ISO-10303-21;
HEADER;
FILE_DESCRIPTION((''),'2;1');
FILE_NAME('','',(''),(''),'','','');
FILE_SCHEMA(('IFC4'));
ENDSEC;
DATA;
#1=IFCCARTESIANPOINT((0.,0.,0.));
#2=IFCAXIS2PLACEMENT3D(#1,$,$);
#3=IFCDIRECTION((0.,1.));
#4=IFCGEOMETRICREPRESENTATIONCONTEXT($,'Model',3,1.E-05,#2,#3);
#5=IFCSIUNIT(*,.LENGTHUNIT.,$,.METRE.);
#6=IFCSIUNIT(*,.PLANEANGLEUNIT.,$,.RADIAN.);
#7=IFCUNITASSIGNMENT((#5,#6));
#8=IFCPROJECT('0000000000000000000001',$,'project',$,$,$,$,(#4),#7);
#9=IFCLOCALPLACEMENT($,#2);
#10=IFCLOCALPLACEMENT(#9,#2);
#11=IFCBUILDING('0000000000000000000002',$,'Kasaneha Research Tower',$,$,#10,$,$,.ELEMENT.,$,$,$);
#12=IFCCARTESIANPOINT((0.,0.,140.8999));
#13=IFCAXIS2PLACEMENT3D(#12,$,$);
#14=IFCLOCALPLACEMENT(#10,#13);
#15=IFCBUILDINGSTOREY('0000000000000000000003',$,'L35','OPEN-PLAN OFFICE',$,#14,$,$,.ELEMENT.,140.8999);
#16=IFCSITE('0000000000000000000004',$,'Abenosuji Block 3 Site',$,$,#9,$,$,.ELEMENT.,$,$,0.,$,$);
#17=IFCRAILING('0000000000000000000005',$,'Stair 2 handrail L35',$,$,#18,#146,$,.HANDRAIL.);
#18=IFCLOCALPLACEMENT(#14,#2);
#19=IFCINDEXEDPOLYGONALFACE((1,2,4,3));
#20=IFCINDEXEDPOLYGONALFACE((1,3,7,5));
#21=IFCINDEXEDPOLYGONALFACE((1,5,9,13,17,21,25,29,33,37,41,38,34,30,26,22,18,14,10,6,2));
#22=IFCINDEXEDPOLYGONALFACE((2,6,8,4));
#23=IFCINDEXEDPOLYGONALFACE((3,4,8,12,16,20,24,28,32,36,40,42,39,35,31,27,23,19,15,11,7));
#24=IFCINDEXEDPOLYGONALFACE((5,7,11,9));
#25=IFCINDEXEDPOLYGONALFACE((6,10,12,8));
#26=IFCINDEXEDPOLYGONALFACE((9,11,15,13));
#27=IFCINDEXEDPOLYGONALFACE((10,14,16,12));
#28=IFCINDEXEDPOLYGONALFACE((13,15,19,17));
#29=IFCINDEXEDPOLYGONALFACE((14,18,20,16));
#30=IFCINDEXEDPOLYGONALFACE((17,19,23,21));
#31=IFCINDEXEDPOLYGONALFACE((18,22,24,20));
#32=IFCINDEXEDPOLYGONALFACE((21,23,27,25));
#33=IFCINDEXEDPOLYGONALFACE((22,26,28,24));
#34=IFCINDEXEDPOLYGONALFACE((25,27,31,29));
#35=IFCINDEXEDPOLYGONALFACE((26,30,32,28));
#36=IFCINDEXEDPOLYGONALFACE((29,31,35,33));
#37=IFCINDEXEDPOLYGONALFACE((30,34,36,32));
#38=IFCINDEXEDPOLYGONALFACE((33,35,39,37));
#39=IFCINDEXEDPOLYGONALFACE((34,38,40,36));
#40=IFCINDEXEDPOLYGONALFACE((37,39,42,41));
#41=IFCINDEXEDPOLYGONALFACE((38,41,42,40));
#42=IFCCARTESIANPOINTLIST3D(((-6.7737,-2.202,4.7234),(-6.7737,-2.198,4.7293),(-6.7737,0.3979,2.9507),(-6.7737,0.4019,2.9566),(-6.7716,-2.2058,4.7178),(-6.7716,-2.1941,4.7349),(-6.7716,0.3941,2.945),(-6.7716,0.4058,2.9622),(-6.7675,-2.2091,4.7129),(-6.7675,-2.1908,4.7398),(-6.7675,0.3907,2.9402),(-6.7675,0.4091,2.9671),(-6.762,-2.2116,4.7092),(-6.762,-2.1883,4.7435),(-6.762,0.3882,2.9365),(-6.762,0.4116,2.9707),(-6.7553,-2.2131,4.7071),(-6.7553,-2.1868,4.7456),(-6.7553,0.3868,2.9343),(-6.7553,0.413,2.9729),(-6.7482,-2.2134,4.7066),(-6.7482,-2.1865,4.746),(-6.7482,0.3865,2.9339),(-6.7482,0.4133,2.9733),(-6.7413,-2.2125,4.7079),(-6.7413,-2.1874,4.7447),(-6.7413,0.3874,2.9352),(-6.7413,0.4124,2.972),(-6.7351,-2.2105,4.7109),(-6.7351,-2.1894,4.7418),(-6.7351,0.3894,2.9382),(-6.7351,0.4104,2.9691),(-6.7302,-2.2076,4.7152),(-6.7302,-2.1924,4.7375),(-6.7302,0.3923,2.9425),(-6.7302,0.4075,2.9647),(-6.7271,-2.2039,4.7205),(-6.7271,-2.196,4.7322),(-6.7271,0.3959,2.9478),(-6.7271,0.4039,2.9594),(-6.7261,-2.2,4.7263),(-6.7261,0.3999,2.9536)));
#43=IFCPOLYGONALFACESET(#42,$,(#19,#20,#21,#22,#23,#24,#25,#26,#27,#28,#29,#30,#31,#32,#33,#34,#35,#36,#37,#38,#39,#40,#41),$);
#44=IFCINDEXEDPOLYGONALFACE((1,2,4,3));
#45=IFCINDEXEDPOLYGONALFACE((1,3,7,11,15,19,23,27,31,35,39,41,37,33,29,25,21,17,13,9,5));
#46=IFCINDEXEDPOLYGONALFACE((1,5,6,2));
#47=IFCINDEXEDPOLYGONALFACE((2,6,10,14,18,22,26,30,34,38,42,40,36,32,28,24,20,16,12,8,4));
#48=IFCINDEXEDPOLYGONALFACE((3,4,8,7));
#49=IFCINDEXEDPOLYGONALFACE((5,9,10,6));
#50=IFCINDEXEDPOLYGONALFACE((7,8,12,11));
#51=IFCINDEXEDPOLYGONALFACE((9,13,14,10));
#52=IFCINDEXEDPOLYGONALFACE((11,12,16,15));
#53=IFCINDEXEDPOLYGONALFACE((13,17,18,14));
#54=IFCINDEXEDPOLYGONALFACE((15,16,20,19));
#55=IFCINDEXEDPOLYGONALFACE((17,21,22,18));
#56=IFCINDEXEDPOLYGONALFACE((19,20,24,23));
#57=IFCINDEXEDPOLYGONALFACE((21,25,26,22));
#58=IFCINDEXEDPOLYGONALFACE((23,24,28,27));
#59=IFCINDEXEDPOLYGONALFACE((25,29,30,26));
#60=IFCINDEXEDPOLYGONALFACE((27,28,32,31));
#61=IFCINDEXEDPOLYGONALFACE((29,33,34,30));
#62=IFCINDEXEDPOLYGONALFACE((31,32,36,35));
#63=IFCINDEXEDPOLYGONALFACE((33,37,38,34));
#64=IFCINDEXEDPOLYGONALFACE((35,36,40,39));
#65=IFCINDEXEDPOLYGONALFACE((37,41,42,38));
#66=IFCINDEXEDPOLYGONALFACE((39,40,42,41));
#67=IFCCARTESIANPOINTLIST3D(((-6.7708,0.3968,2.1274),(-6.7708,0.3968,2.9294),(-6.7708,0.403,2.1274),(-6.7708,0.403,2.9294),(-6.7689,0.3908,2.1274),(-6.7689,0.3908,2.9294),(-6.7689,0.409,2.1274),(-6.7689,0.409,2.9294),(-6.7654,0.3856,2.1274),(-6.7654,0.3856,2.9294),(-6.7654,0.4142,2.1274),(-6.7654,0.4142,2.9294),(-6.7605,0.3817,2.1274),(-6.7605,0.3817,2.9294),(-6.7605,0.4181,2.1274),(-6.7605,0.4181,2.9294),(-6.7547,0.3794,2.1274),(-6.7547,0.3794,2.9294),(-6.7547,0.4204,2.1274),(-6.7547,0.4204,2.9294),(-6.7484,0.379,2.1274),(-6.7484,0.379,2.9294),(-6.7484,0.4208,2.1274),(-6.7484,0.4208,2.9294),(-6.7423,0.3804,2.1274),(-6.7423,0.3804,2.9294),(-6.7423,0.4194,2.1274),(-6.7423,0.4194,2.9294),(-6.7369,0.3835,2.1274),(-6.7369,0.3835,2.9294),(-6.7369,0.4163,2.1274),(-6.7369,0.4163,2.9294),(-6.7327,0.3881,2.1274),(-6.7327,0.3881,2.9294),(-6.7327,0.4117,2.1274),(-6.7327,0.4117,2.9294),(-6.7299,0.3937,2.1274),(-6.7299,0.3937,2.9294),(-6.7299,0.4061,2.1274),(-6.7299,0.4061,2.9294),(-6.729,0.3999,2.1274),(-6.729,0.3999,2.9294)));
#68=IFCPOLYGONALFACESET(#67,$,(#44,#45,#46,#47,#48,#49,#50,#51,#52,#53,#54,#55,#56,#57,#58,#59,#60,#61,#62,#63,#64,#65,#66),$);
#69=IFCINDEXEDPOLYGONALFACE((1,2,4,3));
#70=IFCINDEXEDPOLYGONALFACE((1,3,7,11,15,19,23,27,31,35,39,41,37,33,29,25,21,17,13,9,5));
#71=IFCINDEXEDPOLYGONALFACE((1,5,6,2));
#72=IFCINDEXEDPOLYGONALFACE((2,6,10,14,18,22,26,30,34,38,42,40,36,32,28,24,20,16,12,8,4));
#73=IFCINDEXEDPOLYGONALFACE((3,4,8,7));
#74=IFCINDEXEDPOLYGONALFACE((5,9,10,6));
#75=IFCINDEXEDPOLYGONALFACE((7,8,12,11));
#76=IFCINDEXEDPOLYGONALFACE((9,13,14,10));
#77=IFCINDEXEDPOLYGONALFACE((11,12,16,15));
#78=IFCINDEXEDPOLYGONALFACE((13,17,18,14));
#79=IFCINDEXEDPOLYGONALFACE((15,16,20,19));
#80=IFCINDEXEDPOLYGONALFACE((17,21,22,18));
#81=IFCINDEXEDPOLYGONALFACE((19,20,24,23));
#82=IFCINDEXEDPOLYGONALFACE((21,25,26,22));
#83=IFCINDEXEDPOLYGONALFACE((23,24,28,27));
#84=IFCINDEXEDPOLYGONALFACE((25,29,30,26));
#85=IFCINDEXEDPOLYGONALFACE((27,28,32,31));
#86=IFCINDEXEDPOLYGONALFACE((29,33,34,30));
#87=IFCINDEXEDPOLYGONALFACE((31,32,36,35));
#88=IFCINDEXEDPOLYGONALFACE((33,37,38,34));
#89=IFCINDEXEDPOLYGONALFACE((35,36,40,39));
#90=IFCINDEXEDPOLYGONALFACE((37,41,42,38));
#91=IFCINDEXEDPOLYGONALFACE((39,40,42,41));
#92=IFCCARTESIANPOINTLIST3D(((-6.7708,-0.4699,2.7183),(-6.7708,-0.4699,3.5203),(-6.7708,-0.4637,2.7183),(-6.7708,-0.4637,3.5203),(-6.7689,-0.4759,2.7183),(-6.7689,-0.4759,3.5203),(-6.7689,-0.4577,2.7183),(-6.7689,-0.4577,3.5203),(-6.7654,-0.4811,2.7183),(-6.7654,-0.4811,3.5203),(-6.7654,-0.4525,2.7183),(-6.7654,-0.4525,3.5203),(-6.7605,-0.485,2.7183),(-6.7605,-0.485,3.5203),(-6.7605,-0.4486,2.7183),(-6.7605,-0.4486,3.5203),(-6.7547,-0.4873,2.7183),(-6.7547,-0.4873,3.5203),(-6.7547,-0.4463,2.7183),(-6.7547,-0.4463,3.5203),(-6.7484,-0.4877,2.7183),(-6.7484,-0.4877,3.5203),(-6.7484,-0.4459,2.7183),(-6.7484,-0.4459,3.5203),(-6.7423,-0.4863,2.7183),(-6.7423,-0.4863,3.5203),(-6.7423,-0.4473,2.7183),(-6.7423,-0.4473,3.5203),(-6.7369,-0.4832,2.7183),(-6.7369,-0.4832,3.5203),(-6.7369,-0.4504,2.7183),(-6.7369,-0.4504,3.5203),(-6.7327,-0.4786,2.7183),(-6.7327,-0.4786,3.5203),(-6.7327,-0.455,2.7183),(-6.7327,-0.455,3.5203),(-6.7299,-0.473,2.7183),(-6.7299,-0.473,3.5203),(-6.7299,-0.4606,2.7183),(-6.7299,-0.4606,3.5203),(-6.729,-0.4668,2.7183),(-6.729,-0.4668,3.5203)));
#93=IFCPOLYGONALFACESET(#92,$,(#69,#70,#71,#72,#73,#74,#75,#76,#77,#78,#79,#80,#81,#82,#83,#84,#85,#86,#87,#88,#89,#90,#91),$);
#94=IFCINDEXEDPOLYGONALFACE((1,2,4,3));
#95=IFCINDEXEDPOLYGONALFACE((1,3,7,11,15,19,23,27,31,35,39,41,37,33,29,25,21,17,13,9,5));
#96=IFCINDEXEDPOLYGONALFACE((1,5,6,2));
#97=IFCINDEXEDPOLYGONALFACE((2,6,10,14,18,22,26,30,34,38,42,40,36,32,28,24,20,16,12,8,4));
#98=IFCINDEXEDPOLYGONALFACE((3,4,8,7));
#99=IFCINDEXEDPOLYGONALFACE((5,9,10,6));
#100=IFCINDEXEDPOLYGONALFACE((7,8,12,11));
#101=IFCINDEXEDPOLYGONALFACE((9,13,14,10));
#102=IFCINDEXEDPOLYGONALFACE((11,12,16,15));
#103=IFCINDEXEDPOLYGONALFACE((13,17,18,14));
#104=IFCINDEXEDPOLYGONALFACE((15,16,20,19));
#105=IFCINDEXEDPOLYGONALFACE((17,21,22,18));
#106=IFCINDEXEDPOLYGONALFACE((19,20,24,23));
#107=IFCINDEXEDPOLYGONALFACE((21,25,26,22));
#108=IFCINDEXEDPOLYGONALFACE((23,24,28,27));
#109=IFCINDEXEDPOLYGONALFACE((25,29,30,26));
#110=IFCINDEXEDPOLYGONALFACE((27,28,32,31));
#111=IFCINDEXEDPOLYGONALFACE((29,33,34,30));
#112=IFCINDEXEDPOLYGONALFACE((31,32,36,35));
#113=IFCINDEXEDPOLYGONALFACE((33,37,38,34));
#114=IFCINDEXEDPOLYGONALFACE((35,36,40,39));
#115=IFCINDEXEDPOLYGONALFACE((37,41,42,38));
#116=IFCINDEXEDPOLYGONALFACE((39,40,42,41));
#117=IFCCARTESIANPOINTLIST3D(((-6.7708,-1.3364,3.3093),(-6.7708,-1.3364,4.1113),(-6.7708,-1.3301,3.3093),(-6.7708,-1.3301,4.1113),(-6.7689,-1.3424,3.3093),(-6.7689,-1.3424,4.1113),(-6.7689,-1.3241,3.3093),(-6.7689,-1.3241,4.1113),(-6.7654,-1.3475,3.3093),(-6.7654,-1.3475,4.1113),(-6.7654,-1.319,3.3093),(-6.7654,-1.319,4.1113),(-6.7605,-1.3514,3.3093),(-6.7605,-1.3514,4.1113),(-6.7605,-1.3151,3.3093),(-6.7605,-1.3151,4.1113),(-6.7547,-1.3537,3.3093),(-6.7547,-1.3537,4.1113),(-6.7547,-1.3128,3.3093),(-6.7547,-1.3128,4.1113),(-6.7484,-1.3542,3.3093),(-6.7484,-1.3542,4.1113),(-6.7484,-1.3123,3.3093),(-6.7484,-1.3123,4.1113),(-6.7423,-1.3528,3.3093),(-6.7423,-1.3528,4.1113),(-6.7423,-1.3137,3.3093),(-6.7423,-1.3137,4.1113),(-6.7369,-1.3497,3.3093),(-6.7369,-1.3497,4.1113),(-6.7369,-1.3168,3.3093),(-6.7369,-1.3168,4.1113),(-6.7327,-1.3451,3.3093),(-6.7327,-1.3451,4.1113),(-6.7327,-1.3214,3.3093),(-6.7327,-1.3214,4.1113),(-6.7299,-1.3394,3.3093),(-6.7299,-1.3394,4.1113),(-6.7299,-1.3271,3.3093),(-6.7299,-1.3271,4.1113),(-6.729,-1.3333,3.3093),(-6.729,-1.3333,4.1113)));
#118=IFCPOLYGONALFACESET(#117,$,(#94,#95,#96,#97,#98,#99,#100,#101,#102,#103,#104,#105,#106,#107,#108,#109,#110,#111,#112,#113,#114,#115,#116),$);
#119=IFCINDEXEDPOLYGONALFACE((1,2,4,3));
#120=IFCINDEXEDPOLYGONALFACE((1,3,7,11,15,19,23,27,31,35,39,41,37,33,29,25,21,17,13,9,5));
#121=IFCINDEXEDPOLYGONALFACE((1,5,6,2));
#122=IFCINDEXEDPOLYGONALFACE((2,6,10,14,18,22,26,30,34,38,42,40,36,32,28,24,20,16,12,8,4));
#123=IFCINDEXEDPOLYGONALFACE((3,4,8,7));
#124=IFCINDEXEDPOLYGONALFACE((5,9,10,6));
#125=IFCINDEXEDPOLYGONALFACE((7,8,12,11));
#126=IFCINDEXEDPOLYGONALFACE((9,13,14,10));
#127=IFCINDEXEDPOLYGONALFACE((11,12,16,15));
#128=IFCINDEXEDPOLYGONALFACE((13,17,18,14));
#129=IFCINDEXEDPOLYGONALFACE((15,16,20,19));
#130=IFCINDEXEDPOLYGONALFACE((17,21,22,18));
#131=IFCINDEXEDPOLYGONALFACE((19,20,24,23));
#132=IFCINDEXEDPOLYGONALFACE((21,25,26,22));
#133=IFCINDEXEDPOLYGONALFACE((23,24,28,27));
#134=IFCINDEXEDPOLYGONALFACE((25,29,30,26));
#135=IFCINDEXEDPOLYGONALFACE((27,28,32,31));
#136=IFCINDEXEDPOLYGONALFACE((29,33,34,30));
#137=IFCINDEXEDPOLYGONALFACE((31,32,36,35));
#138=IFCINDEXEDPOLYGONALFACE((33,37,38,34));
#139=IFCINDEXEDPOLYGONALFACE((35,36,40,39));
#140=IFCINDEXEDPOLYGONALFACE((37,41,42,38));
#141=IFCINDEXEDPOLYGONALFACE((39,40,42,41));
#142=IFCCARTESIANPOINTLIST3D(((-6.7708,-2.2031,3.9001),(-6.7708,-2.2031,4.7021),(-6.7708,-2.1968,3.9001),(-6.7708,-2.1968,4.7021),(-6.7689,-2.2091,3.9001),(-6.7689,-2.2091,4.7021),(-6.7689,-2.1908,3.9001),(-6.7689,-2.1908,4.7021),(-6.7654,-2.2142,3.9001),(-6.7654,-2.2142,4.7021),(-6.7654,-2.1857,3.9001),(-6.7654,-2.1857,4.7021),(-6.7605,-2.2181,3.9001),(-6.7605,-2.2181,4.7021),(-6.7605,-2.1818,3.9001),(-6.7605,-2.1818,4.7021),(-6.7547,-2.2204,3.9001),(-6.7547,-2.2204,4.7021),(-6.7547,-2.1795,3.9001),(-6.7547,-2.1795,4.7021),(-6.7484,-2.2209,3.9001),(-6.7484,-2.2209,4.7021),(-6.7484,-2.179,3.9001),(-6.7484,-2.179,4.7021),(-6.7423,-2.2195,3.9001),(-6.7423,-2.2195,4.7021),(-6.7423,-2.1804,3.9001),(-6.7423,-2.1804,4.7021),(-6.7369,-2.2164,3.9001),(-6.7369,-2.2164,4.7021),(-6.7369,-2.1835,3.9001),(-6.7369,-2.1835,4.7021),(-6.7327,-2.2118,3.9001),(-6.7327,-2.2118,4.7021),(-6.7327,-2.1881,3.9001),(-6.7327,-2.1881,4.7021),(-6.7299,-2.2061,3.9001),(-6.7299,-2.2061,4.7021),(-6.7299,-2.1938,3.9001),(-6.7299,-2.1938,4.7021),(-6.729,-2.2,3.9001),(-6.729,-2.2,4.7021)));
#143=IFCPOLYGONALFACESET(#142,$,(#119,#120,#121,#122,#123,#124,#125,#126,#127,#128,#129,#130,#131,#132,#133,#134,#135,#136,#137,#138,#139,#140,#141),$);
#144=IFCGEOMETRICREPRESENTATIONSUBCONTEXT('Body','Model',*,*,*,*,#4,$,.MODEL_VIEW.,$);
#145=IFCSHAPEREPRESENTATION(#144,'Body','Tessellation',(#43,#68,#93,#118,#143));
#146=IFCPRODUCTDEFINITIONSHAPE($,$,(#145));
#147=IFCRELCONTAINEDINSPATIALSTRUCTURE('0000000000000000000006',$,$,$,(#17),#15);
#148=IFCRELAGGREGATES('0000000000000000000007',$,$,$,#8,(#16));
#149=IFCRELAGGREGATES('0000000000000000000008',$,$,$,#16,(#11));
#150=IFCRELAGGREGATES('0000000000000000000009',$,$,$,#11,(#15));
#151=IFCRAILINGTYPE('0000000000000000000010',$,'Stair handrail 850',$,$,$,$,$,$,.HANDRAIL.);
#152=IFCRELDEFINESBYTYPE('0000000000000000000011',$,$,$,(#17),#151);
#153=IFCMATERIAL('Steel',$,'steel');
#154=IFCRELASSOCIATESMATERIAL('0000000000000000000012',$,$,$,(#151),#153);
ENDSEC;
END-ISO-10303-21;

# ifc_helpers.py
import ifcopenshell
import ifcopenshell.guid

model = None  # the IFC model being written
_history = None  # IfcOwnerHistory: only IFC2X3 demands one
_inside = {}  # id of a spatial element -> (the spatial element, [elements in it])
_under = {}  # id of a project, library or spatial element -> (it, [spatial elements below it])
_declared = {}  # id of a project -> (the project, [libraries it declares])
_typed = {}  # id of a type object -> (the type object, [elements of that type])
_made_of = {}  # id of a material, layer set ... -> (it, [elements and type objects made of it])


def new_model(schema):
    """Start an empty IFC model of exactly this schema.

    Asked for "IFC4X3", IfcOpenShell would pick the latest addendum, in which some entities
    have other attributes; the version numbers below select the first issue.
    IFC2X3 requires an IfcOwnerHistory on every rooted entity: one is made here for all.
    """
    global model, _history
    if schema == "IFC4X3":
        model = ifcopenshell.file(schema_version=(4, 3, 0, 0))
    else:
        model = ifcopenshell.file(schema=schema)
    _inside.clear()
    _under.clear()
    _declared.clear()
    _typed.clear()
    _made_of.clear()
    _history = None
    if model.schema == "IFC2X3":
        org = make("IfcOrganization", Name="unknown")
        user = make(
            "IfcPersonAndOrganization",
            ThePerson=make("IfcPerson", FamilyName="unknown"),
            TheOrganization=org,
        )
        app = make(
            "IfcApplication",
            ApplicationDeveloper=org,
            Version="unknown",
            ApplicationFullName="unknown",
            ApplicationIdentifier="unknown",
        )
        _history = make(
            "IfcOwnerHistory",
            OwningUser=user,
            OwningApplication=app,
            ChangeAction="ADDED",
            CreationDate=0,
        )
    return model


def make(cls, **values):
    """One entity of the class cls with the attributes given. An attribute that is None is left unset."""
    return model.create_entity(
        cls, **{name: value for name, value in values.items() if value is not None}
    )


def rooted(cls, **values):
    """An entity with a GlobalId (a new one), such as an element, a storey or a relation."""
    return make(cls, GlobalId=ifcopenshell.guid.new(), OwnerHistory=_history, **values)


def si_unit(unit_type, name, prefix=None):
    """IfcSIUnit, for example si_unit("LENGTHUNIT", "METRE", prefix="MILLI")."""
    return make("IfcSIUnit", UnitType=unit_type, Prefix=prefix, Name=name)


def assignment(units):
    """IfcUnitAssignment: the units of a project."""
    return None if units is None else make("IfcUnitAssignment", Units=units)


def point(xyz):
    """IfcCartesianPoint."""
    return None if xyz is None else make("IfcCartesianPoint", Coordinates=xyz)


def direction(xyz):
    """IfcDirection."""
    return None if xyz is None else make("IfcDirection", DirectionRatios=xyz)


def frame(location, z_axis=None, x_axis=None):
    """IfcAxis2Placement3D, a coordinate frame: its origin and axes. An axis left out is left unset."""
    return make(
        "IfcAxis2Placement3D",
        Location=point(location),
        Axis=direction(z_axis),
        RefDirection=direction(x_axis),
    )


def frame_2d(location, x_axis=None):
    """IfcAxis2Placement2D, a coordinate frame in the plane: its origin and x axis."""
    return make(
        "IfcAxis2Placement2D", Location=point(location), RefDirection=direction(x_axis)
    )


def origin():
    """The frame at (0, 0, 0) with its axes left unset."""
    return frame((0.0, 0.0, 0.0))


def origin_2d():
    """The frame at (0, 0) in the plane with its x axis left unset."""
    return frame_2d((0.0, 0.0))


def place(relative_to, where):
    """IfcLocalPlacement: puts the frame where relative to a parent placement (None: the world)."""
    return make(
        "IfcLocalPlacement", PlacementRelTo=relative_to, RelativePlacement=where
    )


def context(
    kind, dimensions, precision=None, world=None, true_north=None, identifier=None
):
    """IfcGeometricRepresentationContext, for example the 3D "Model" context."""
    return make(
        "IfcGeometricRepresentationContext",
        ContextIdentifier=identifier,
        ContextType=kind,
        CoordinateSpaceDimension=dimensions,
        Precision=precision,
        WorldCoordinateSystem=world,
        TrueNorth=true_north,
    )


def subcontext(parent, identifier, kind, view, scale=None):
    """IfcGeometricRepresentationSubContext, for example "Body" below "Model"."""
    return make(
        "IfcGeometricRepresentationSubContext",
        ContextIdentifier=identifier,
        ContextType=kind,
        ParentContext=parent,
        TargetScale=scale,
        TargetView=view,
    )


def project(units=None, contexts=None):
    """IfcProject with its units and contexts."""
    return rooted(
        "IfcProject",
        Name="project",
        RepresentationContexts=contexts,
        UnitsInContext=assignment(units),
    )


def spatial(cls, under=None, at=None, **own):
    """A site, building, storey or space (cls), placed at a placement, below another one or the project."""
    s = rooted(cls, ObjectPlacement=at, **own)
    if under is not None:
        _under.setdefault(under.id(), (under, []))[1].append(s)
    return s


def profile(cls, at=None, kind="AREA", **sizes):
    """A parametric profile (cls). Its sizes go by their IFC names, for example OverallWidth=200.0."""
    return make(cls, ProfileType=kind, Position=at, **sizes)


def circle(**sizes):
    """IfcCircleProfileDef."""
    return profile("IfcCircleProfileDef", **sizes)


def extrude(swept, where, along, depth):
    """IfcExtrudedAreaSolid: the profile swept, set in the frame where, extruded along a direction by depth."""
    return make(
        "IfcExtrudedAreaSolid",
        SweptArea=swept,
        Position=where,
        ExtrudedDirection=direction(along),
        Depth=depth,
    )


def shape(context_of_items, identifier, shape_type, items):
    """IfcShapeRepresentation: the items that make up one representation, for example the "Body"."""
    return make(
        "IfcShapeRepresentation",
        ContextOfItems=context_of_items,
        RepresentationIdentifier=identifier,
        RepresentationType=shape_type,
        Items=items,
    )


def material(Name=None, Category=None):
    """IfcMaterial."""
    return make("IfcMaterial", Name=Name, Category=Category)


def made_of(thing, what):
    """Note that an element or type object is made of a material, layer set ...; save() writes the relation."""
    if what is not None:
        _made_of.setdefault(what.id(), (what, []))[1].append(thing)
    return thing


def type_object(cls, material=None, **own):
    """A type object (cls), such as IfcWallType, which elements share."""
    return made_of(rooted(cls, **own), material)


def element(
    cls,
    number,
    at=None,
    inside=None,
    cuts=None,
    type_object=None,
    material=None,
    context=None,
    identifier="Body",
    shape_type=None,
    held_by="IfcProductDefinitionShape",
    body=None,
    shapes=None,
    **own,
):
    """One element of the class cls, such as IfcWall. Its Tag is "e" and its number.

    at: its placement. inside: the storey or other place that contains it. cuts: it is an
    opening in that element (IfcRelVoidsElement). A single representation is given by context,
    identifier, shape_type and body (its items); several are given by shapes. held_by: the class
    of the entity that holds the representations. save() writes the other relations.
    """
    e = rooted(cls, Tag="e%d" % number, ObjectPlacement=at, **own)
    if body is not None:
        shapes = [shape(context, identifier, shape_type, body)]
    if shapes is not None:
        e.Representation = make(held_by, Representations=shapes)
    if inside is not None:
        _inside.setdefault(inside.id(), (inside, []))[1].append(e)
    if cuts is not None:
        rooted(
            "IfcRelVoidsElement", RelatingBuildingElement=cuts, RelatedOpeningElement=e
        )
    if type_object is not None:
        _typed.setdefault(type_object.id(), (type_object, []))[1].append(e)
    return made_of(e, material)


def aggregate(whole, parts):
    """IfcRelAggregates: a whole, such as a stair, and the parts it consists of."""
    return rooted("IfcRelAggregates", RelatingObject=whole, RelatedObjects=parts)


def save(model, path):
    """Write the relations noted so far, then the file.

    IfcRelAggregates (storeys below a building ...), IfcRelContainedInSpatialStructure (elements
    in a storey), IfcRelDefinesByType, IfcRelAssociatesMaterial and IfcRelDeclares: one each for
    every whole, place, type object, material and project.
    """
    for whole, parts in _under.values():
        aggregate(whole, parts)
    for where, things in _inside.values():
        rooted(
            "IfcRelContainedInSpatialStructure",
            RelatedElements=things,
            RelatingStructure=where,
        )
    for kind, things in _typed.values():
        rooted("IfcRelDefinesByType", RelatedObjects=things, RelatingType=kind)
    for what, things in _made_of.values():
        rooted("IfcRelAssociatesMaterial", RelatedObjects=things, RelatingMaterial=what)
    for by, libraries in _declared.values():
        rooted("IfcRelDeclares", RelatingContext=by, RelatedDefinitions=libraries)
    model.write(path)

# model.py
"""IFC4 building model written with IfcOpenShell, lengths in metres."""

from ifc_helpers import new_model, si_unit, direction, frame, origin, origin_2d, place, context, subcontext, project, spatial, circle, extrude, material, type_object, element, save


model = new_model("IFC4")

# Units and contexts
model_context = context("Model", 3, precision=1e-05, world=origin(), true_north=direction((0.0, 1.0)))
body_context = subcontext(model_context, "Body", "Model", "MODEL_VIEW")
ifc_project = project(units=[si_unit("LENGTHUNIT", "METRE"), si_unit("PLANEANGLEUNIT", "RADIAN")], contexts=[model_context])

# Site, building, storey
site_placement = place(None, origin())
site = spatial("IfcSite", under=ifc_project, at=site_placement, Name="Abenosuji Block 3 Site", CompositionType="ELEMENT", RefElevation=0.0)
building_placement = place(site_placement, origin())
building = spatial("IfcBuilding", under=site, at=building_placement, Name="Kasaneha Research Tower", CompositionType="ELEMENT")
storey_placement = place(building_placement, frame((0.0, 0.0, 140.8999)))
storey = spatial("IfcBuildingStorey", under=building, at=storey_placement, Name="L35", Description="OPEN-PLAN OFFICE", CompositionType="ELEMENT", Elevation=140.8999)

# Railing
ifc_material_1 = material(Name="Steel", Category="steel")
railing_type_1 = type_object("IfcRailingType", Name="Stair handrail 850", PredefinedType="HANDRAIL", material=ifc_material_1)
railing_1_placement = place(storey_placement, frame((-6.75, 0.3999, 2.1274)))
element("IfcRailing", 1, at=railing_1_placement, inside=storey, type_object=railing_type_1, Name="Stair 2 handrail L35", PredefinedType="HANDRAIL", context=body_context, shape_type="SweptSolid", body=[
    extrude(circle(Radius=0.0239, at=origin_2d()), frame((0.0, 0.0, 0.8262), z_axis=(0.0, -0.826216, 0.563354), x_axis=(1.0, 0.0, 0.0)), (0.0, 0.0, 1.0), 3.1467),
    extrude(circle(Radius=0.021, at=origin_2d()), origin(), (0.0, 0.0, 1.0), 0.802),
    extrude(circle(Radius=0.021, at=origin_2d()), frame((0.0, -0.8667, 0.5908)), (0.0, 0.0, 1.0), 0.802),
    extrude(circle(Radius=0.021, at=origin_2d()), frame((0.0, -1.7332, 1.1819)), (0.0, 0.0, 1.0), 0.802),
    extrude(circle(Radius=0.021, at=origin_2d()), frame((0.0, -2.5999, 1.7727)), (0.0, 0.0, 1.0), 0.802),
])

save(model, "model.ifc")
